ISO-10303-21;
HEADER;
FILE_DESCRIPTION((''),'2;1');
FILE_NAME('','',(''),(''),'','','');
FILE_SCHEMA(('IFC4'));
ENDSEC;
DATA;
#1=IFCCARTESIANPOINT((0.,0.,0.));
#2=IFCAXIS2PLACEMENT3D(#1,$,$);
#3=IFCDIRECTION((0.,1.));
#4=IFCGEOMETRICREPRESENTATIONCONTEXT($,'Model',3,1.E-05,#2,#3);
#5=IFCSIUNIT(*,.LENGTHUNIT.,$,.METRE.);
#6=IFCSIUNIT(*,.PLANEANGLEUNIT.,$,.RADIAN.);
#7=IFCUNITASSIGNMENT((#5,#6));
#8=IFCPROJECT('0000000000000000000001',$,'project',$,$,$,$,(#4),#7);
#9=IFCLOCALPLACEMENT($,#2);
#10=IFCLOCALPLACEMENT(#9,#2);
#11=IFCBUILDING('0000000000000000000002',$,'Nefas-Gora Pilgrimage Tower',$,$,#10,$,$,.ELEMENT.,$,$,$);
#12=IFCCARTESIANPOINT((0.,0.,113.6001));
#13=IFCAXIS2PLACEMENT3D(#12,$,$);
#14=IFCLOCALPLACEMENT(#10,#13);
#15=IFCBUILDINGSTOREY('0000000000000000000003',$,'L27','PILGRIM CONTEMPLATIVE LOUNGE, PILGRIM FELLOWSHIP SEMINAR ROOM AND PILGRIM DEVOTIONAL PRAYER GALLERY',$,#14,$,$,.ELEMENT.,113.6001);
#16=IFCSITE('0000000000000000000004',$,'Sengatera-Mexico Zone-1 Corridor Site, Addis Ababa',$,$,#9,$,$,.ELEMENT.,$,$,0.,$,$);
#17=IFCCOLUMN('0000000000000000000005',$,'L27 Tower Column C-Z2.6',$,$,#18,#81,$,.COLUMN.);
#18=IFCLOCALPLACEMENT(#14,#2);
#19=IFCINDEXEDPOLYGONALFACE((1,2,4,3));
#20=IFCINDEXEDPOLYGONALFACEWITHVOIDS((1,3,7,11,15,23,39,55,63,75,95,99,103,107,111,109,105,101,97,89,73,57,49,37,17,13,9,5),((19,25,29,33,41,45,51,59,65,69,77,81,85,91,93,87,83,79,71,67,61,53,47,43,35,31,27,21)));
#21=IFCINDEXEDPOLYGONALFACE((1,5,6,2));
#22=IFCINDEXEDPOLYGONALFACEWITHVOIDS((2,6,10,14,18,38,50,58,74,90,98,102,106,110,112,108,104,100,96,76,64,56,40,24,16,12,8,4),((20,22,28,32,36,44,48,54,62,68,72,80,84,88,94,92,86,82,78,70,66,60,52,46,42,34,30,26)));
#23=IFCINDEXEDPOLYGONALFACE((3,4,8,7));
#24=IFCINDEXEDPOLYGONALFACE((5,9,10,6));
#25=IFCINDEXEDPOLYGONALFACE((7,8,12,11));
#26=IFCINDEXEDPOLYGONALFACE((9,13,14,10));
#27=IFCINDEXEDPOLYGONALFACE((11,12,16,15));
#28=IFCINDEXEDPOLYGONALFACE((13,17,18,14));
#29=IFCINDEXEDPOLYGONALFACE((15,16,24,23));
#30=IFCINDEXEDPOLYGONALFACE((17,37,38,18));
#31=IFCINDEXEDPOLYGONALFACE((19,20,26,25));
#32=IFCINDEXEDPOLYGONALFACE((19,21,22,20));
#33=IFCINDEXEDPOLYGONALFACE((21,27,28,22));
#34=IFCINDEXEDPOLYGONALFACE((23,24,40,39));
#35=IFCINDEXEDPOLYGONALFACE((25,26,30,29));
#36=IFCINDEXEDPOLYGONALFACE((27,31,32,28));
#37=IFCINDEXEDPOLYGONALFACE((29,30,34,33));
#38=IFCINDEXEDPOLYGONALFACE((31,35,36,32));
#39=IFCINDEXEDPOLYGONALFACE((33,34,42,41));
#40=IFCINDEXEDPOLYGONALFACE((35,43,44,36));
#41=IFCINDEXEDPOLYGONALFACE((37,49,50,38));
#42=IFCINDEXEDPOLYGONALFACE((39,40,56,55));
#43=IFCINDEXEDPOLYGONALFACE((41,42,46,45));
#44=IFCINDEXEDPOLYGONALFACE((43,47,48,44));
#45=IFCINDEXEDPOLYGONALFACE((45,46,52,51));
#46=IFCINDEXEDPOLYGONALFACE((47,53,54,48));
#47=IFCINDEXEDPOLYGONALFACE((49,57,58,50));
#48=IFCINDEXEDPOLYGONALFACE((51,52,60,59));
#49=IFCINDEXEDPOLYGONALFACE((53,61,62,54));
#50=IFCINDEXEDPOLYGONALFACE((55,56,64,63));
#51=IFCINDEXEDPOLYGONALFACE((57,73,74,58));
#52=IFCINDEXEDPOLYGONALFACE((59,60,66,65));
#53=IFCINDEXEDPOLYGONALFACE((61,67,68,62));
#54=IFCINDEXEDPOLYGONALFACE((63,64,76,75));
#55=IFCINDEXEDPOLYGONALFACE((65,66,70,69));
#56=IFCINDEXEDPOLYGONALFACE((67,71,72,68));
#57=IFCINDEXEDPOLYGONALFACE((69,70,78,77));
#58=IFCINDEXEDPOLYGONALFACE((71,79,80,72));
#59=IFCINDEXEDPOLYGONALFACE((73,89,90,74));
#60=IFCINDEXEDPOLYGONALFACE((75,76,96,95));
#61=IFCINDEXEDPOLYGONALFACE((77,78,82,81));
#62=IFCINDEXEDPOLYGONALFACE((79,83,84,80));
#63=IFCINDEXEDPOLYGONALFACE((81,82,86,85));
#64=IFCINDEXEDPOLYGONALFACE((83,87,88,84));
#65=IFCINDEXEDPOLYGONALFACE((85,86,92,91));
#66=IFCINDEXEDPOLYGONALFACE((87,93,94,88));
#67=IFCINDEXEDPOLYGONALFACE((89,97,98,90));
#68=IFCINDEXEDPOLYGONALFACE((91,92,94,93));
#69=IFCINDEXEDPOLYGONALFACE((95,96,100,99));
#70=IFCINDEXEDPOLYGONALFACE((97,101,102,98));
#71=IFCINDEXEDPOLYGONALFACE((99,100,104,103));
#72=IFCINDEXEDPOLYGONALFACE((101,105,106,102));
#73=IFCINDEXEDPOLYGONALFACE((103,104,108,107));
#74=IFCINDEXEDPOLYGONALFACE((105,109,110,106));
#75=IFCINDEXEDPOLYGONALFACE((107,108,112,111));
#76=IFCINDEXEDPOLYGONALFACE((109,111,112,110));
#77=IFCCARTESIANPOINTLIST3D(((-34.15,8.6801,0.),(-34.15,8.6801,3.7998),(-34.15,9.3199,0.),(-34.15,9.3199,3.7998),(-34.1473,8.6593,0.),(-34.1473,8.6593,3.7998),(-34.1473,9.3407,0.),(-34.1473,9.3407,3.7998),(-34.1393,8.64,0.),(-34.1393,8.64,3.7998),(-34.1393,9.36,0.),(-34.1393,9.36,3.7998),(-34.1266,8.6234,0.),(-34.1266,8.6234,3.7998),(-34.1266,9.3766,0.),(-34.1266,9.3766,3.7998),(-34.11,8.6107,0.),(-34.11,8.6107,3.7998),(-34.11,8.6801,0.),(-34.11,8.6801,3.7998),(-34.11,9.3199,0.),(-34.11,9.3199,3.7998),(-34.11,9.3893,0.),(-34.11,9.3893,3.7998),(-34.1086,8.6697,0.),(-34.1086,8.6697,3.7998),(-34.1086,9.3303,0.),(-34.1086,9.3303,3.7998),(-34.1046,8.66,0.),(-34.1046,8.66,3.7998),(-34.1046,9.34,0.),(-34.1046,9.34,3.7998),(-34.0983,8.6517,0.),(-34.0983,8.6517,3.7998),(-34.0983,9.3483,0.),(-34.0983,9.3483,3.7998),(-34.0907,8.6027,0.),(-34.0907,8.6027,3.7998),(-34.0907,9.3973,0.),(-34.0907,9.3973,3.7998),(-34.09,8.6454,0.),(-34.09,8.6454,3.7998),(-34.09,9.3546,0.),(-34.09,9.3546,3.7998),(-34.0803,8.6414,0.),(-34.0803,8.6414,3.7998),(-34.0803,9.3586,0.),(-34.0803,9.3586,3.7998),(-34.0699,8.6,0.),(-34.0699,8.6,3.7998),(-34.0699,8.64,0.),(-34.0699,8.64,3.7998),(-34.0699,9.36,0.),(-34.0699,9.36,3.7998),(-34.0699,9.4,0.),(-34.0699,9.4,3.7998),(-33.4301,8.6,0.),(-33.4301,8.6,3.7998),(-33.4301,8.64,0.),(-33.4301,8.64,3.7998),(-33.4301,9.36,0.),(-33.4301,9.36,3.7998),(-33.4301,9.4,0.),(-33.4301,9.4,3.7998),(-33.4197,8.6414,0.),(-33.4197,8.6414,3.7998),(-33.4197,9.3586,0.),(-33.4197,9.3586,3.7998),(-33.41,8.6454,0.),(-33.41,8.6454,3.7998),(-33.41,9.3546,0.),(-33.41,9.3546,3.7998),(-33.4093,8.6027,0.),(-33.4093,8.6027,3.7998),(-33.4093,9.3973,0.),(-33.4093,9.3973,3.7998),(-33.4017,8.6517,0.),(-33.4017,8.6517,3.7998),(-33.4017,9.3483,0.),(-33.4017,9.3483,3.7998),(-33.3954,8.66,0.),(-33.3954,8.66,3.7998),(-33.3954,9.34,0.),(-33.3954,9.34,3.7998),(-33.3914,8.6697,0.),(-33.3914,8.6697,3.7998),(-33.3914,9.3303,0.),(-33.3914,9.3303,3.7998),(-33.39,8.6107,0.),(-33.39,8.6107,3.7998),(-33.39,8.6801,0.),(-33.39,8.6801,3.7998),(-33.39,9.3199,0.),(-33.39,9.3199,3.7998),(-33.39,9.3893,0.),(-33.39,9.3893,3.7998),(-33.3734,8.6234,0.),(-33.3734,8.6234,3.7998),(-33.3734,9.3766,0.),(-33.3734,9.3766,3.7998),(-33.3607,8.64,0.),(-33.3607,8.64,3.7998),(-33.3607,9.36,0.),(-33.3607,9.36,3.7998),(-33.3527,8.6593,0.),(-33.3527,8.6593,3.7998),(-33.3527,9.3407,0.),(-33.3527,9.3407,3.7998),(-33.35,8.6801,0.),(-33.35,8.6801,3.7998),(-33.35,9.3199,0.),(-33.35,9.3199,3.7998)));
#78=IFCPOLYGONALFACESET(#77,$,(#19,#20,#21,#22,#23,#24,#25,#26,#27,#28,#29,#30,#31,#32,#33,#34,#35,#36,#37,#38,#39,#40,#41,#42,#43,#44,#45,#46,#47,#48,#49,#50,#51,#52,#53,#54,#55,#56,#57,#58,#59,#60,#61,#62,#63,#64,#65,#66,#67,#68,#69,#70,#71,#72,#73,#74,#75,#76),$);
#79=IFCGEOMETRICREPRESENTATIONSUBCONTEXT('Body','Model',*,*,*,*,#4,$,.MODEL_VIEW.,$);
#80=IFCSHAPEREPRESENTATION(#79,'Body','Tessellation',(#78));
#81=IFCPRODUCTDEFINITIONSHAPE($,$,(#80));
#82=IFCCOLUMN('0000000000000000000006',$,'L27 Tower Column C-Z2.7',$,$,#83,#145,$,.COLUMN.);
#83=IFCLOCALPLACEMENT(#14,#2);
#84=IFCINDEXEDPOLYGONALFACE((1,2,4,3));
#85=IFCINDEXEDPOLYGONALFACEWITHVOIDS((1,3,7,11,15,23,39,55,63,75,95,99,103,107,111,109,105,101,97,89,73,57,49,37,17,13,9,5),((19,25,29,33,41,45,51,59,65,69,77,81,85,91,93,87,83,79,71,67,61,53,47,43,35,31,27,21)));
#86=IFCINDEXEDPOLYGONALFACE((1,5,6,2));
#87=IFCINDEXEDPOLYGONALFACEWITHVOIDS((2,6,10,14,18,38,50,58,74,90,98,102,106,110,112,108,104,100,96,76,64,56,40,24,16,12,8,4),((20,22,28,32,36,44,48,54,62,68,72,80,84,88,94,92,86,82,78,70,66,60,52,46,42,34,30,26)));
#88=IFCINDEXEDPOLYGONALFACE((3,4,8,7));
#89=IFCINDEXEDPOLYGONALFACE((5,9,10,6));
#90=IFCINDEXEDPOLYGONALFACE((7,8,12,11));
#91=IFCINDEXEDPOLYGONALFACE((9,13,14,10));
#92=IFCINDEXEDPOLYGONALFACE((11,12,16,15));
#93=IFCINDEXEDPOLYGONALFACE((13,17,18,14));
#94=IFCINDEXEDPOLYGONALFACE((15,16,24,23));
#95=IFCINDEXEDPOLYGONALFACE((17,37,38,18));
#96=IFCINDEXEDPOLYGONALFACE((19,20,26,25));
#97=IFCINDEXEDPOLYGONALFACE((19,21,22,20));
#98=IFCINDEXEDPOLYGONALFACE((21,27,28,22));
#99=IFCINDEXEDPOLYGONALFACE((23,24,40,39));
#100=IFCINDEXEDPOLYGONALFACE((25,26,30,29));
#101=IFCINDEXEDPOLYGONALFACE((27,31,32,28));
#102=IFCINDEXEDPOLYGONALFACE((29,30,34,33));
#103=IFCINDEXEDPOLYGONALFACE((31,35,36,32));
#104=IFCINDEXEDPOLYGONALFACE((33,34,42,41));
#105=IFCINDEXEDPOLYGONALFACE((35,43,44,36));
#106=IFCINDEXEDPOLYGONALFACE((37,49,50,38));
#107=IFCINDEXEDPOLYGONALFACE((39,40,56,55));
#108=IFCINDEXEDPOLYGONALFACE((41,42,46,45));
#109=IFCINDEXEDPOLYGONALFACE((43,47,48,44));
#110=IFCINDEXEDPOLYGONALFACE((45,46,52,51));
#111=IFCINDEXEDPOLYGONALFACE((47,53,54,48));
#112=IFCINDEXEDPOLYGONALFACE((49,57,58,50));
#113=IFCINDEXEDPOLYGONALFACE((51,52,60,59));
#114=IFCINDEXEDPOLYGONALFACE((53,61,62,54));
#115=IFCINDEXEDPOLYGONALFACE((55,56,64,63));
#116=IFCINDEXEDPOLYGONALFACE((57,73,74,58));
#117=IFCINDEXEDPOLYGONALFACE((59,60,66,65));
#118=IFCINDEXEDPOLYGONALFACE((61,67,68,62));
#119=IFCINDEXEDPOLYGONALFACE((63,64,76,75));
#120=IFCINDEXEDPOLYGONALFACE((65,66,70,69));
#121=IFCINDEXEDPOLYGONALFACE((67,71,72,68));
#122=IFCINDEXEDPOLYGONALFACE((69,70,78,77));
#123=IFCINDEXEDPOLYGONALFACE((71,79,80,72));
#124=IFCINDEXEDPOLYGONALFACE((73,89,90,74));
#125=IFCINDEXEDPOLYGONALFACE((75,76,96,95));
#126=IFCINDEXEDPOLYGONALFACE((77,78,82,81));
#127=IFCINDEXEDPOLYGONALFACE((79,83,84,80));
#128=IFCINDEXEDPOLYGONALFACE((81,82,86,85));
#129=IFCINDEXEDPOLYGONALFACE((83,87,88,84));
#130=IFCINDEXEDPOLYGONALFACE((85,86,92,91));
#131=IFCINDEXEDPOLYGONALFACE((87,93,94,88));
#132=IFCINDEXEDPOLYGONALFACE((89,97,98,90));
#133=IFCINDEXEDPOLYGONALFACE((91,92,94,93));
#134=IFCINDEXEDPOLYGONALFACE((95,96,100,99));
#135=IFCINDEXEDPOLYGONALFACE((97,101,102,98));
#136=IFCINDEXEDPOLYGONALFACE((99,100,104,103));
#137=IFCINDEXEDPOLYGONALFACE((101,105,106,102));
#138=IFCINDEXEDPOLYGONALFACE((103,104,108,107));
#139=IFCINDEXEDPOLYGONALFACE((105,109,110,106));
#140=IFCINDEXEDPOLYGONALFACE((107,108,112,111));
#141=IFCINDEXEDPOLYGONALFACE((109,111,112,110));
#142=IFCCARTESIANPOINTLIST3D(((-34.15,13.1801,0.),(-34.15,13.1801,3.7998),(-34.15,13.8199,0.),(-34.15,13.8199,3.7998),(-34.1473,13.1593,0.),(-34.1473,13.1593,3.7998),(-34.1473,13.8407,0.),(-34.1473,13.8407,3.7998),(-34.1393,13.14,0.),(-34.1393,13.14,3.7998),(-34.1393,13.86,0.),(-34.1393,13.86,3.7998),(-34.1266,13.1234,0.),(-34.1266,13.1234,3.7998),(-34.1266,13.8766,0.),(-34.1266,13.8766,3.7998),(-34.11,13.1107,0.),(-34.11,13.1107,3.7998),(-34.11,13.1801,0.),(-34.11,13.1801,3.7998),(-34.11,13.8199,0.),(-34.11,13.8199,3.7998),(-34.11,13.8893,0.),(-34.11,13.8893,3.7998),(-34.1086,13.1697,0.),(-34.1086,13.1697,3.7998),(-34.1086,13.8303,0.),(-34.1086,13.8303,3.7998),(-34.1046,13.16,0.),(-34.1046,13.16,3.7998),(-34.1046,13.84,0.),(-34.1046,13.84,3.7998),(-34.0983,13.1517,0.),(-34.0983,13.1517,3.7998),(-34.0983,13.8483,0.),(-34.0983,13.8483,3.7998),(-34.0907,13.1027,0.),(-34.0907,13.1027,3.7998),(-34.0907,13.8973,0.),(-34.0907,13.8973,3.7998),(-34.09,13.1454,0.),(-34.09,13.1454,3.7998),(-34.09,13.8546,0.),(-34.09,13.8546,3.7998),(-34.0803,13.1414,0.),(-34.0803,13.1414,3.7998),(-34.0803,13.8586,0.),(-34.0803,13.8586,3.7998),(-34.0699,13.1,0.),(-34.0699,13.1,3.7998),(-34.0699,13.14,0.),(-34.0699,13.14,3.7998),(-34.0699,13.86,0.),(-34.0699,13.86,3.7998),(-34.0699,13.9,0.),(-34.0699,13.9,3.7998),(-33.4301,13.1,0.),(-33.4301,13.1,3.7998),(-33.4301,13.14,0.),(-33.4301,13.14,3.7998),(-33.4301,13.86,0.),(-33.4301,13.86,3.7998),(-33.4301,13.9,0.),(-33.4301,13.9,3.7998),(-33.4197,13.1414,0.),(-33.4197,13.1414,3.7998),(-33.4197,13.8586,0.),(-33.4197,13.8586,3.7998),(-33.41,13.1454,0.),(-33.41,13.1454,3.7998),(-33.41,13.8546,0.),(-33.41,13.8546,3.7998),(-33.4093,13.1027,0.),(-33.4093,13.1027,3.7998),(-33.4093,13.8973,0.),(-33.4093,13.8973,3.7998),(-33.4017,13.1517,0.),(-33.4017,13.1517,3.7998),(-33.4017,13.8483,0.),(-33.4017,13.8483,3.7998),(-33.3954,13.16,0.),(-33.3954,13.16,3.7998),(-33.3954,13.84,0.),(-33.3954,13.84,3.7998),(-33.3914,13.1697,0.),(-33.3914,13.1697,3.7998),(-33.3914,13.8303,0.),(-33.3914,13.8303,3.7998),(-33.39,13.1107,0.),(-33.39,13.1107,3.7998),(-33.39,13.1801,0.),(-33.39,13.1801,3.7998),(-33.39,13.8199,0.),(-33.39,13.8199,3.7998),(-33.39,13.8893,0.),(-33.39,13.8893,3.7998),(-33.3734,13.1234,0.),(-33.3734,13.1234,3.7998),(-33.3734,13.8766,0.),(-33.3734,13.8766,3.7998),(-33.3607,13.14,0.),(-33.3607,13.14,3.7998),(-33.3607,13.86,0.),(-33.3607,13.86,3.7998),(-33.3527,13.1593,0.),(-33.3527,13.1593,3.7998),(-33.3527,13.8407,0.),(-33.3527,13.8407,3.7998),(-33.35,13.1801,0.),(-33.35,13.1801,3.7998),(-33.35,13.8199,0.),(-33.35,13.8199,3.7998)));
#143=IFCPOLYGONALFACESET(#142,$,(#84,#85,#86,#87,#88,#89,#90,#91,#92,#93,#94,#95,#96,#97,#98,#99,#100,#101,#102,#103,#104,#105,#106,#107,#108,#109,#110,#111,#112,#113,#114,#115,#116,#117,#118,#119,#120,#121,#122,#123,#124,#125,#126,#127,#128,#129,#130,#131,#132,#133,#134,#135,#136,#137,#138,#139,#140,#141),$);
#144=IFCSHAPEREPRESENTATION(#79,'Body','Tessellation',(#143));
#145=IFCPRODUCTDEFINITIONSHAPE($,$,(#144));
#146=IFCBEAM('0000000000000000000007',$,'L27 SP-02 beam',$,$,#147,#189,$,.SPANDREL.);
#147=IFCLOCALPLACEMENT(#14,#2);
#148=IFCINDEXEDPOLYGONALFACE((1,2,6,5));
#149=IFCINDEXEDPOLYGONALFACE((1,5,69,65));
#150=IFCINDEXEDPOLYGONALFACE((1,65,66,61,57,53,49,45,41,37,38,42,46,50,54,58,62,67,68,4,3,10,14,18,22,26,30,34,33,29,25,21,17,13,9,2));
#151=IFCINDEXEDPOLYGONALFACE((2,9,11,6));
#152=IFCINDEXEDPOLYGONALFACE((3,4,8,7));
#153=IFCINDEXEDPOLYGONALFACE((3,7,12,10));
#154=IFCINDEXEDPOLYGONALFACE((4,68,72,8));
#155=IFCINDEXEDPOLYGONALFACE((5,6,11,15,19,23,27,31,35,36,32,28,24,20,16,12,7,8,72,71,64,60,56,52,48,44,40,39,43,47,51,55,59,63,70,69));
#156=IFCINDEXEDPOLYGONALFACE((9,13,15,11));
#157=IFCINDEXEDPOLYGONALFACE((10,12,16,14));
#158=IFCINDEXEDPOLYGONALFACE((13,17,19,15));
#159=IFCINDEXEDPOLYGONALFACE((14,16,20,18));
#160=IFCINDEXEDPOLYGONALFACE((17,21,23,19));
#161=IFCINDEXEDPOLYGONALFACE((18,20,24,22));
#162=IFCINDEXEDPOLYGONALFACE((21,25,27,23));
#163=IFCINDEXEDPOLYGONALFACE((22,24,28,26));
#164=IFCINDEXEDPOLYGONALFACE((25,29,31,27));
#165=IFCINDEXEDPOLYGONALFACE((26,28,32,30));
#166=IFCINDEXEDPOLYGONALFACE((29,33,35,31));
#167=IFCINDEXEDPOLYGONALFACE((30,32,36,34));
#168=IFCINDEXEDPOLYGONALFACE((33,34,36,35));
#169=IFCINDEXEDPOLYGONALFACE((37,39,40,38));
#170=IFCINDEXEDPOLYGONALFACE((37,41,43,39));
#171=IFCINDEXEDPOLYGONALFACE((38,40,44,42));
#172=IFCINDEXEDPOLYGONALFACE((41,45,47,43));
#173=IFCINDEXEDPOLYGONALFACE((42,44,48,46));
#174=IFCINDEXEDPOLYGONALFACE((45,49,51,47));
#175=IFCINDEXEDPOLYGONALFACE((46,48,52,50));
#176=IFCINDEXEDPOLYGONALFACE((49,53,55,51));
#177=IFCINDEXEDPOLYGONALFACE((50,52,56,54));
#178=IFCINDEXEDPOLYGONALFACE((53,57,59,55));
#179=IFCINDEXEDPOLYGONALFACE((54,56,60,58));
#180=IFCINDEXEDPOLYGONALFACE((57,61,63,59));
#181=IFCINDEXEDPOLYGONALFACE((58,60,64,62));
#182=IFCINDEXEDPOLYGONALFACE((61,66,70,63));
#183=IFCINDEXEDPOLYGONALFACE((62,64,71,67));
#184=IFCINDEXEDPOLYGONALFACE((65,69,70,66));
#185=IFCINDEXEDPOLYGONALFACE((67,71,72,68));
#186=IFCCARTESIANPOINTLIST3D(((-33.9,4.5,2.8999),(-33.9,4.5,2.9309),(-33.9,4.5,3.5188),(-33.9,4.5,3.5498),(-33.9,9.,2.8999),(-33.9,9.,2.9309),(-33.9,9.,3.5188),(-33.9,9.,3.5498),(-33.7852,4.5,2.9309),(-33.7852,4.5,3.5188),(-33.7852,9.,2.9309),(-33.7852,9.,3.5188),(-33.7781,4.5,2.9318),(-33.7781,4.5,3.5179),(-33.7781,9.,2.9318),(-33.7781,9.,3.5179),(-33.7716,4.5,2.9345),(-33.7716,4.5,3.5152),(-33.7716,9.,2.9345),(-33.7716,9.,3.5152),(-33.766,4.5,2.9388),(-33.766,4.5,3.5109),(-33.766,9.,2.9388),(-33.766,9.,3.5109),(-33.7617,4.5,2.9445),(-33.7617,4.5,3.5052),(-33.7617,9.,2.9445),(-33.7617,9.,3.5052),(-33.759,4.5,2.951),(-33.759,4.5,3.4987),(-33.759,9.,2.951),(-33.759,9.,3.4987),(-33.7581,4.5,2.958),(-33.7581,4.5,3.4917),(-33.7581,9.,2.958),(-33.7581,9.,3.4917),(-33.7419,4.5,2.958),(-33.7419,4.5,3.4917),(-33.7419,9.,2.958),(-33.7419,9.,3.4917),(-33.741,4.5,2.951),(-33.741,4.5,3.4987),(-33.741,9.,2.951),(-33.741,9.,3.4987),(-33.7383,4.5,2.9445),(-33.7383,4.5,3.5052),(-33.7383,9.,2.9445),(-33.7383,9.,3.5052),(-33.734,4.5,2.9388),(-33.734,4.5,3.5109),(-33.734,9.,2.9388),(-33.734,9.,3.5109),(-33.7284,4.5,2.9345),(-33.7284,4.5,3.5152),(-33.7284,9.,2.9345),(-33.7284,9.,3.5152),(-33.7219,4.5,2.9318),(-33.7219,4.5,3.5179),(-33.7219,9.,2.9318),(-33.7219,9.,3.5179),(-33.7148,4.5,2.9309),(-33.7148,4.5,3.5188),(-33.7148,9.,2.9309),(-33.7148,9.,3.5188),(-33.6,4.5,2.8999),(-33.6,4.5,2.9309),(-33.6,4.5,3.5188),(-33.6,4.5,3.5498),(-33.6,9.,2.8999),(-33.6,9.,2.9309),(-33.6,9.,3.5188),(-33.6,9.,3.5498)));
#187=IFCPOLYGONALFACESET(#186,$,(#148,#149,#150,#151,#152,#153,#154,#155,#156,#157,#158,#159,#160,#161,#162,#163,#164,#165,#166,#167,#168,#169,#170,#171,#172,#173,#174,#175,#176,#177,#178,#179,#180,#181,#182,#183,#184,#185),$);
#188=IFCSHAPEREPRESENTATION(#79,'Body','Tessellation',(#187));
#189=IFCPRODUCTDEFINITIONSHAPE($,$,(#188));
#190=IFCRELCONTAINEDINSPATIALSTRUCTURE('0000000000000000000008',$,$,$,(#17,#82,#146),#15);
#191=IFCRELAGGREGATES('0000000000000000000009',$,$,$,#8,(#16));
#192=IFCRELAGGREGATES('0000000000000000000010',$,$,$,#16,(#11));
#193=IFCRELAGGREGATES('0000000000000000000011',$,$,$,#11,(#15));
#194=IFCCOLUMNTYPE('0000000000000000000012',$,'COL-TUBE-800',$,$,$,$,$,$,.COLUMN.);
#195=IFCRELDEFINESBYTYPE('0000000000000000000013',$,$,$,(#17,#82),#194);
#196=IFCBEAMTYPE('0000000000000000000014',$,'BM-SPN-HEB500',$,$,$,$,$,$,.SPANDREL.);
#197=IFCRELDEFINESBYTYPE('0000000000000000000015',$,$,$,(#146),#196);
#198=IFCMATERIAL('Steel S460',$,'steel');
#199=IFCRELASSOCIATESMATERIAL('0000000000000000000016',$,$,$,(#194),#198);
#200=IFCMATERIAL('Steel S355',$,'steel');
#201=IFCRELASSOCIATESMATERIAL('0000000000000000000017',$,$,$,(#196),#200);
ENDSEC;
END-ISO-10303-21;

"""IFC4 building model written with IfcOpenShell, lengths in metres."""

from ifc_helpers import new_model, si_unit, direction, frame, origin, origin_2d, place, context, subcontext, project, spatial, hollow_rectangle, i_section, extrude, source, transform, mapped, material, material_profile, profile_set, type_object, element, save


model = new_model("IFC4")

# Units and contexts
model_context = context("Model", 3, precision=1e-05, world=origin(), true_north=direction((0.0, 1.0)))
body_context = subcontext(model_context, "Body", "Model", "MODEL_VIEW")
ifc_project = project(units=[si_unit("LENGTHUNIT", "METRE"), si_unit("PLANEANGLEUNIT", "RADIAN")], contexts=[model_context])

# Site, building, storey
site_placement = place(None, origin())
site = spatial("IfcSite", under=ifc_project, at=site_placement, Name="Sengatera-Mexico Zone-1 Corridor Site, Addis Ababa", CompositionType="ELEMENT", RefElevation=0.0)
building_placement = place(site_placement, origin())
building = spatial("IfcBuilding", under=site, at=building_placement, Name="Nefas-Gora Pilgrimage Tower", CompositionType="ELEMENT")
storey_placement = place(building_placement, frame((0.0, 0.0, 113.6001)))
storey = spatial("IfcBuildingStorey", under=building, at=storey_placement, Name="L27", Description="PILGRIM CONTEMPLATIVE LOUNGE, PILGRIM FELLOWSHIP SEMINAR ROOM AND PILGRIM DEVOTIONAL PRAYER GALLERY", CompositionType="ELEMENT", Elevation=113.6001)

# Columns
ifc_material_1 = material(Name="Steel S460", Category="steel")
ifc_material_profile_1 = material_profile(ifc_material_1, hollow_rectangle(XDim=0.8, YDim=0.8, WallThickness=0.04, InnerFilletRadius=0.04, OuterFilletRadius=0.0801, at=origin_2d()), Name="BOX 800x800x40")
ifc_profile_set_1 = profile_set([ifc_material_profile_1], Name="Steel S460")
column_type_1 = type_object("IfcColumnType", Name="COL-TUBE-800", PredefinedType="COLUMN", material=ifc_profile_set_1)
shared_shape_1 = source(origin(), body_context, "Body", "SweptSolid", [
    extrude(hollow_rectangle(XDim=0.8, YDim=0.8, WallThickness=0.04, InnerFilletRadius=0.04, OuterFilletRadius=0.0801, at=origin_2d()), origin(), (0.0, 0.0, 1.0), 3.7998),
])
for number, where, z_axis, x_axis, name in (
    (1, (-33.75, 9.0, 0.0), (0.0, 0.0, 1.0), (1.0, 0.0, 0.0), "L27 Tower Column C-Z2.6"),
    (2, (-33.75, 13.5, 0.0), (0.0, 0.0, 1.0), (1.0, 0.0, 0.0), "L27 Tower Column C-Z2.7"),
):
    element("IfcColumn", number, at=place(storey_placement, frame(where, z_axis=z_axis, x_axis=x_axis)), inside=storey, type_object=column_type_1, Name=name, PredefinedType="COLUMN", context=body_context, shape_type="MappedRepresentation", body=[
        mapped(shared_shape_1, transform((0.0, 0.0, 0.0), x_axis=(1.0, 0.0, 0.0), y_axis=(0.0, 1.0, 0.0), z_axis=(0.0, 0.0, 1.0), scale=1.0)),
    ])

# Beam
ifc_material_2 = material(Name="Steel S355", Category="steel")
ifc_material_profile_2 = material_profile(ifc_material_2, i_section(OverallWidth=0.3, OverallDepth=0.6499, WebThickness=0.0161, FlangeThickness=0.031, FilletRadius=0.0271, at=origin_2d()), Name="HEB 650")
ifc_profile_set_2 = profile_set([ifc_material_profile_2], Name="Steel S355")
beam_type_1 = type_object("IfcBeamType", Name="BM-SPN-HEB500", PredefinedType="SPANDREL", material=ifc_profile_set_2)
shared_shape_2 = source(origin(), body_context, "Body", "SweptSolid", [
    extrude(i_section(OverallWidth=0.3, OverallDepth=0.6499, WebThickness=0.0161, FlangeThickness=0.031, FilletRadius=0.0271, at=origin_2d()), origin(), (0.0, 0.0, 1.0), 4.5),
])
for number, where, z_axis, x_axis, name in (
    (3, (-33.75, 4.5, 3.2249), (0.0, 1.0, 0.0), (-1.0, 0.0, 0.0), "L27 SP-02 beam"),
):
    element("IfcBeam", number, at=place(storey_placement, frame(where, z_axis=z_axis, x_axis=x_axis)), inside=storey, type_object=beam_type_1, Name=name, PredefinedType="SPANDREL", context=body_context, shape_type="MappedRepresentation", body=[
        mapped(shared_shape_2, transform((0.0, 0.0, 0.0), x_axis=(1.0, 0.0, 0.0), y_axis=(0.0, 1.0, 0.0), z_axis=(0.0, 0.0, 1.0), scale=1.0)),
    ])

save(model, "model.ifc")
